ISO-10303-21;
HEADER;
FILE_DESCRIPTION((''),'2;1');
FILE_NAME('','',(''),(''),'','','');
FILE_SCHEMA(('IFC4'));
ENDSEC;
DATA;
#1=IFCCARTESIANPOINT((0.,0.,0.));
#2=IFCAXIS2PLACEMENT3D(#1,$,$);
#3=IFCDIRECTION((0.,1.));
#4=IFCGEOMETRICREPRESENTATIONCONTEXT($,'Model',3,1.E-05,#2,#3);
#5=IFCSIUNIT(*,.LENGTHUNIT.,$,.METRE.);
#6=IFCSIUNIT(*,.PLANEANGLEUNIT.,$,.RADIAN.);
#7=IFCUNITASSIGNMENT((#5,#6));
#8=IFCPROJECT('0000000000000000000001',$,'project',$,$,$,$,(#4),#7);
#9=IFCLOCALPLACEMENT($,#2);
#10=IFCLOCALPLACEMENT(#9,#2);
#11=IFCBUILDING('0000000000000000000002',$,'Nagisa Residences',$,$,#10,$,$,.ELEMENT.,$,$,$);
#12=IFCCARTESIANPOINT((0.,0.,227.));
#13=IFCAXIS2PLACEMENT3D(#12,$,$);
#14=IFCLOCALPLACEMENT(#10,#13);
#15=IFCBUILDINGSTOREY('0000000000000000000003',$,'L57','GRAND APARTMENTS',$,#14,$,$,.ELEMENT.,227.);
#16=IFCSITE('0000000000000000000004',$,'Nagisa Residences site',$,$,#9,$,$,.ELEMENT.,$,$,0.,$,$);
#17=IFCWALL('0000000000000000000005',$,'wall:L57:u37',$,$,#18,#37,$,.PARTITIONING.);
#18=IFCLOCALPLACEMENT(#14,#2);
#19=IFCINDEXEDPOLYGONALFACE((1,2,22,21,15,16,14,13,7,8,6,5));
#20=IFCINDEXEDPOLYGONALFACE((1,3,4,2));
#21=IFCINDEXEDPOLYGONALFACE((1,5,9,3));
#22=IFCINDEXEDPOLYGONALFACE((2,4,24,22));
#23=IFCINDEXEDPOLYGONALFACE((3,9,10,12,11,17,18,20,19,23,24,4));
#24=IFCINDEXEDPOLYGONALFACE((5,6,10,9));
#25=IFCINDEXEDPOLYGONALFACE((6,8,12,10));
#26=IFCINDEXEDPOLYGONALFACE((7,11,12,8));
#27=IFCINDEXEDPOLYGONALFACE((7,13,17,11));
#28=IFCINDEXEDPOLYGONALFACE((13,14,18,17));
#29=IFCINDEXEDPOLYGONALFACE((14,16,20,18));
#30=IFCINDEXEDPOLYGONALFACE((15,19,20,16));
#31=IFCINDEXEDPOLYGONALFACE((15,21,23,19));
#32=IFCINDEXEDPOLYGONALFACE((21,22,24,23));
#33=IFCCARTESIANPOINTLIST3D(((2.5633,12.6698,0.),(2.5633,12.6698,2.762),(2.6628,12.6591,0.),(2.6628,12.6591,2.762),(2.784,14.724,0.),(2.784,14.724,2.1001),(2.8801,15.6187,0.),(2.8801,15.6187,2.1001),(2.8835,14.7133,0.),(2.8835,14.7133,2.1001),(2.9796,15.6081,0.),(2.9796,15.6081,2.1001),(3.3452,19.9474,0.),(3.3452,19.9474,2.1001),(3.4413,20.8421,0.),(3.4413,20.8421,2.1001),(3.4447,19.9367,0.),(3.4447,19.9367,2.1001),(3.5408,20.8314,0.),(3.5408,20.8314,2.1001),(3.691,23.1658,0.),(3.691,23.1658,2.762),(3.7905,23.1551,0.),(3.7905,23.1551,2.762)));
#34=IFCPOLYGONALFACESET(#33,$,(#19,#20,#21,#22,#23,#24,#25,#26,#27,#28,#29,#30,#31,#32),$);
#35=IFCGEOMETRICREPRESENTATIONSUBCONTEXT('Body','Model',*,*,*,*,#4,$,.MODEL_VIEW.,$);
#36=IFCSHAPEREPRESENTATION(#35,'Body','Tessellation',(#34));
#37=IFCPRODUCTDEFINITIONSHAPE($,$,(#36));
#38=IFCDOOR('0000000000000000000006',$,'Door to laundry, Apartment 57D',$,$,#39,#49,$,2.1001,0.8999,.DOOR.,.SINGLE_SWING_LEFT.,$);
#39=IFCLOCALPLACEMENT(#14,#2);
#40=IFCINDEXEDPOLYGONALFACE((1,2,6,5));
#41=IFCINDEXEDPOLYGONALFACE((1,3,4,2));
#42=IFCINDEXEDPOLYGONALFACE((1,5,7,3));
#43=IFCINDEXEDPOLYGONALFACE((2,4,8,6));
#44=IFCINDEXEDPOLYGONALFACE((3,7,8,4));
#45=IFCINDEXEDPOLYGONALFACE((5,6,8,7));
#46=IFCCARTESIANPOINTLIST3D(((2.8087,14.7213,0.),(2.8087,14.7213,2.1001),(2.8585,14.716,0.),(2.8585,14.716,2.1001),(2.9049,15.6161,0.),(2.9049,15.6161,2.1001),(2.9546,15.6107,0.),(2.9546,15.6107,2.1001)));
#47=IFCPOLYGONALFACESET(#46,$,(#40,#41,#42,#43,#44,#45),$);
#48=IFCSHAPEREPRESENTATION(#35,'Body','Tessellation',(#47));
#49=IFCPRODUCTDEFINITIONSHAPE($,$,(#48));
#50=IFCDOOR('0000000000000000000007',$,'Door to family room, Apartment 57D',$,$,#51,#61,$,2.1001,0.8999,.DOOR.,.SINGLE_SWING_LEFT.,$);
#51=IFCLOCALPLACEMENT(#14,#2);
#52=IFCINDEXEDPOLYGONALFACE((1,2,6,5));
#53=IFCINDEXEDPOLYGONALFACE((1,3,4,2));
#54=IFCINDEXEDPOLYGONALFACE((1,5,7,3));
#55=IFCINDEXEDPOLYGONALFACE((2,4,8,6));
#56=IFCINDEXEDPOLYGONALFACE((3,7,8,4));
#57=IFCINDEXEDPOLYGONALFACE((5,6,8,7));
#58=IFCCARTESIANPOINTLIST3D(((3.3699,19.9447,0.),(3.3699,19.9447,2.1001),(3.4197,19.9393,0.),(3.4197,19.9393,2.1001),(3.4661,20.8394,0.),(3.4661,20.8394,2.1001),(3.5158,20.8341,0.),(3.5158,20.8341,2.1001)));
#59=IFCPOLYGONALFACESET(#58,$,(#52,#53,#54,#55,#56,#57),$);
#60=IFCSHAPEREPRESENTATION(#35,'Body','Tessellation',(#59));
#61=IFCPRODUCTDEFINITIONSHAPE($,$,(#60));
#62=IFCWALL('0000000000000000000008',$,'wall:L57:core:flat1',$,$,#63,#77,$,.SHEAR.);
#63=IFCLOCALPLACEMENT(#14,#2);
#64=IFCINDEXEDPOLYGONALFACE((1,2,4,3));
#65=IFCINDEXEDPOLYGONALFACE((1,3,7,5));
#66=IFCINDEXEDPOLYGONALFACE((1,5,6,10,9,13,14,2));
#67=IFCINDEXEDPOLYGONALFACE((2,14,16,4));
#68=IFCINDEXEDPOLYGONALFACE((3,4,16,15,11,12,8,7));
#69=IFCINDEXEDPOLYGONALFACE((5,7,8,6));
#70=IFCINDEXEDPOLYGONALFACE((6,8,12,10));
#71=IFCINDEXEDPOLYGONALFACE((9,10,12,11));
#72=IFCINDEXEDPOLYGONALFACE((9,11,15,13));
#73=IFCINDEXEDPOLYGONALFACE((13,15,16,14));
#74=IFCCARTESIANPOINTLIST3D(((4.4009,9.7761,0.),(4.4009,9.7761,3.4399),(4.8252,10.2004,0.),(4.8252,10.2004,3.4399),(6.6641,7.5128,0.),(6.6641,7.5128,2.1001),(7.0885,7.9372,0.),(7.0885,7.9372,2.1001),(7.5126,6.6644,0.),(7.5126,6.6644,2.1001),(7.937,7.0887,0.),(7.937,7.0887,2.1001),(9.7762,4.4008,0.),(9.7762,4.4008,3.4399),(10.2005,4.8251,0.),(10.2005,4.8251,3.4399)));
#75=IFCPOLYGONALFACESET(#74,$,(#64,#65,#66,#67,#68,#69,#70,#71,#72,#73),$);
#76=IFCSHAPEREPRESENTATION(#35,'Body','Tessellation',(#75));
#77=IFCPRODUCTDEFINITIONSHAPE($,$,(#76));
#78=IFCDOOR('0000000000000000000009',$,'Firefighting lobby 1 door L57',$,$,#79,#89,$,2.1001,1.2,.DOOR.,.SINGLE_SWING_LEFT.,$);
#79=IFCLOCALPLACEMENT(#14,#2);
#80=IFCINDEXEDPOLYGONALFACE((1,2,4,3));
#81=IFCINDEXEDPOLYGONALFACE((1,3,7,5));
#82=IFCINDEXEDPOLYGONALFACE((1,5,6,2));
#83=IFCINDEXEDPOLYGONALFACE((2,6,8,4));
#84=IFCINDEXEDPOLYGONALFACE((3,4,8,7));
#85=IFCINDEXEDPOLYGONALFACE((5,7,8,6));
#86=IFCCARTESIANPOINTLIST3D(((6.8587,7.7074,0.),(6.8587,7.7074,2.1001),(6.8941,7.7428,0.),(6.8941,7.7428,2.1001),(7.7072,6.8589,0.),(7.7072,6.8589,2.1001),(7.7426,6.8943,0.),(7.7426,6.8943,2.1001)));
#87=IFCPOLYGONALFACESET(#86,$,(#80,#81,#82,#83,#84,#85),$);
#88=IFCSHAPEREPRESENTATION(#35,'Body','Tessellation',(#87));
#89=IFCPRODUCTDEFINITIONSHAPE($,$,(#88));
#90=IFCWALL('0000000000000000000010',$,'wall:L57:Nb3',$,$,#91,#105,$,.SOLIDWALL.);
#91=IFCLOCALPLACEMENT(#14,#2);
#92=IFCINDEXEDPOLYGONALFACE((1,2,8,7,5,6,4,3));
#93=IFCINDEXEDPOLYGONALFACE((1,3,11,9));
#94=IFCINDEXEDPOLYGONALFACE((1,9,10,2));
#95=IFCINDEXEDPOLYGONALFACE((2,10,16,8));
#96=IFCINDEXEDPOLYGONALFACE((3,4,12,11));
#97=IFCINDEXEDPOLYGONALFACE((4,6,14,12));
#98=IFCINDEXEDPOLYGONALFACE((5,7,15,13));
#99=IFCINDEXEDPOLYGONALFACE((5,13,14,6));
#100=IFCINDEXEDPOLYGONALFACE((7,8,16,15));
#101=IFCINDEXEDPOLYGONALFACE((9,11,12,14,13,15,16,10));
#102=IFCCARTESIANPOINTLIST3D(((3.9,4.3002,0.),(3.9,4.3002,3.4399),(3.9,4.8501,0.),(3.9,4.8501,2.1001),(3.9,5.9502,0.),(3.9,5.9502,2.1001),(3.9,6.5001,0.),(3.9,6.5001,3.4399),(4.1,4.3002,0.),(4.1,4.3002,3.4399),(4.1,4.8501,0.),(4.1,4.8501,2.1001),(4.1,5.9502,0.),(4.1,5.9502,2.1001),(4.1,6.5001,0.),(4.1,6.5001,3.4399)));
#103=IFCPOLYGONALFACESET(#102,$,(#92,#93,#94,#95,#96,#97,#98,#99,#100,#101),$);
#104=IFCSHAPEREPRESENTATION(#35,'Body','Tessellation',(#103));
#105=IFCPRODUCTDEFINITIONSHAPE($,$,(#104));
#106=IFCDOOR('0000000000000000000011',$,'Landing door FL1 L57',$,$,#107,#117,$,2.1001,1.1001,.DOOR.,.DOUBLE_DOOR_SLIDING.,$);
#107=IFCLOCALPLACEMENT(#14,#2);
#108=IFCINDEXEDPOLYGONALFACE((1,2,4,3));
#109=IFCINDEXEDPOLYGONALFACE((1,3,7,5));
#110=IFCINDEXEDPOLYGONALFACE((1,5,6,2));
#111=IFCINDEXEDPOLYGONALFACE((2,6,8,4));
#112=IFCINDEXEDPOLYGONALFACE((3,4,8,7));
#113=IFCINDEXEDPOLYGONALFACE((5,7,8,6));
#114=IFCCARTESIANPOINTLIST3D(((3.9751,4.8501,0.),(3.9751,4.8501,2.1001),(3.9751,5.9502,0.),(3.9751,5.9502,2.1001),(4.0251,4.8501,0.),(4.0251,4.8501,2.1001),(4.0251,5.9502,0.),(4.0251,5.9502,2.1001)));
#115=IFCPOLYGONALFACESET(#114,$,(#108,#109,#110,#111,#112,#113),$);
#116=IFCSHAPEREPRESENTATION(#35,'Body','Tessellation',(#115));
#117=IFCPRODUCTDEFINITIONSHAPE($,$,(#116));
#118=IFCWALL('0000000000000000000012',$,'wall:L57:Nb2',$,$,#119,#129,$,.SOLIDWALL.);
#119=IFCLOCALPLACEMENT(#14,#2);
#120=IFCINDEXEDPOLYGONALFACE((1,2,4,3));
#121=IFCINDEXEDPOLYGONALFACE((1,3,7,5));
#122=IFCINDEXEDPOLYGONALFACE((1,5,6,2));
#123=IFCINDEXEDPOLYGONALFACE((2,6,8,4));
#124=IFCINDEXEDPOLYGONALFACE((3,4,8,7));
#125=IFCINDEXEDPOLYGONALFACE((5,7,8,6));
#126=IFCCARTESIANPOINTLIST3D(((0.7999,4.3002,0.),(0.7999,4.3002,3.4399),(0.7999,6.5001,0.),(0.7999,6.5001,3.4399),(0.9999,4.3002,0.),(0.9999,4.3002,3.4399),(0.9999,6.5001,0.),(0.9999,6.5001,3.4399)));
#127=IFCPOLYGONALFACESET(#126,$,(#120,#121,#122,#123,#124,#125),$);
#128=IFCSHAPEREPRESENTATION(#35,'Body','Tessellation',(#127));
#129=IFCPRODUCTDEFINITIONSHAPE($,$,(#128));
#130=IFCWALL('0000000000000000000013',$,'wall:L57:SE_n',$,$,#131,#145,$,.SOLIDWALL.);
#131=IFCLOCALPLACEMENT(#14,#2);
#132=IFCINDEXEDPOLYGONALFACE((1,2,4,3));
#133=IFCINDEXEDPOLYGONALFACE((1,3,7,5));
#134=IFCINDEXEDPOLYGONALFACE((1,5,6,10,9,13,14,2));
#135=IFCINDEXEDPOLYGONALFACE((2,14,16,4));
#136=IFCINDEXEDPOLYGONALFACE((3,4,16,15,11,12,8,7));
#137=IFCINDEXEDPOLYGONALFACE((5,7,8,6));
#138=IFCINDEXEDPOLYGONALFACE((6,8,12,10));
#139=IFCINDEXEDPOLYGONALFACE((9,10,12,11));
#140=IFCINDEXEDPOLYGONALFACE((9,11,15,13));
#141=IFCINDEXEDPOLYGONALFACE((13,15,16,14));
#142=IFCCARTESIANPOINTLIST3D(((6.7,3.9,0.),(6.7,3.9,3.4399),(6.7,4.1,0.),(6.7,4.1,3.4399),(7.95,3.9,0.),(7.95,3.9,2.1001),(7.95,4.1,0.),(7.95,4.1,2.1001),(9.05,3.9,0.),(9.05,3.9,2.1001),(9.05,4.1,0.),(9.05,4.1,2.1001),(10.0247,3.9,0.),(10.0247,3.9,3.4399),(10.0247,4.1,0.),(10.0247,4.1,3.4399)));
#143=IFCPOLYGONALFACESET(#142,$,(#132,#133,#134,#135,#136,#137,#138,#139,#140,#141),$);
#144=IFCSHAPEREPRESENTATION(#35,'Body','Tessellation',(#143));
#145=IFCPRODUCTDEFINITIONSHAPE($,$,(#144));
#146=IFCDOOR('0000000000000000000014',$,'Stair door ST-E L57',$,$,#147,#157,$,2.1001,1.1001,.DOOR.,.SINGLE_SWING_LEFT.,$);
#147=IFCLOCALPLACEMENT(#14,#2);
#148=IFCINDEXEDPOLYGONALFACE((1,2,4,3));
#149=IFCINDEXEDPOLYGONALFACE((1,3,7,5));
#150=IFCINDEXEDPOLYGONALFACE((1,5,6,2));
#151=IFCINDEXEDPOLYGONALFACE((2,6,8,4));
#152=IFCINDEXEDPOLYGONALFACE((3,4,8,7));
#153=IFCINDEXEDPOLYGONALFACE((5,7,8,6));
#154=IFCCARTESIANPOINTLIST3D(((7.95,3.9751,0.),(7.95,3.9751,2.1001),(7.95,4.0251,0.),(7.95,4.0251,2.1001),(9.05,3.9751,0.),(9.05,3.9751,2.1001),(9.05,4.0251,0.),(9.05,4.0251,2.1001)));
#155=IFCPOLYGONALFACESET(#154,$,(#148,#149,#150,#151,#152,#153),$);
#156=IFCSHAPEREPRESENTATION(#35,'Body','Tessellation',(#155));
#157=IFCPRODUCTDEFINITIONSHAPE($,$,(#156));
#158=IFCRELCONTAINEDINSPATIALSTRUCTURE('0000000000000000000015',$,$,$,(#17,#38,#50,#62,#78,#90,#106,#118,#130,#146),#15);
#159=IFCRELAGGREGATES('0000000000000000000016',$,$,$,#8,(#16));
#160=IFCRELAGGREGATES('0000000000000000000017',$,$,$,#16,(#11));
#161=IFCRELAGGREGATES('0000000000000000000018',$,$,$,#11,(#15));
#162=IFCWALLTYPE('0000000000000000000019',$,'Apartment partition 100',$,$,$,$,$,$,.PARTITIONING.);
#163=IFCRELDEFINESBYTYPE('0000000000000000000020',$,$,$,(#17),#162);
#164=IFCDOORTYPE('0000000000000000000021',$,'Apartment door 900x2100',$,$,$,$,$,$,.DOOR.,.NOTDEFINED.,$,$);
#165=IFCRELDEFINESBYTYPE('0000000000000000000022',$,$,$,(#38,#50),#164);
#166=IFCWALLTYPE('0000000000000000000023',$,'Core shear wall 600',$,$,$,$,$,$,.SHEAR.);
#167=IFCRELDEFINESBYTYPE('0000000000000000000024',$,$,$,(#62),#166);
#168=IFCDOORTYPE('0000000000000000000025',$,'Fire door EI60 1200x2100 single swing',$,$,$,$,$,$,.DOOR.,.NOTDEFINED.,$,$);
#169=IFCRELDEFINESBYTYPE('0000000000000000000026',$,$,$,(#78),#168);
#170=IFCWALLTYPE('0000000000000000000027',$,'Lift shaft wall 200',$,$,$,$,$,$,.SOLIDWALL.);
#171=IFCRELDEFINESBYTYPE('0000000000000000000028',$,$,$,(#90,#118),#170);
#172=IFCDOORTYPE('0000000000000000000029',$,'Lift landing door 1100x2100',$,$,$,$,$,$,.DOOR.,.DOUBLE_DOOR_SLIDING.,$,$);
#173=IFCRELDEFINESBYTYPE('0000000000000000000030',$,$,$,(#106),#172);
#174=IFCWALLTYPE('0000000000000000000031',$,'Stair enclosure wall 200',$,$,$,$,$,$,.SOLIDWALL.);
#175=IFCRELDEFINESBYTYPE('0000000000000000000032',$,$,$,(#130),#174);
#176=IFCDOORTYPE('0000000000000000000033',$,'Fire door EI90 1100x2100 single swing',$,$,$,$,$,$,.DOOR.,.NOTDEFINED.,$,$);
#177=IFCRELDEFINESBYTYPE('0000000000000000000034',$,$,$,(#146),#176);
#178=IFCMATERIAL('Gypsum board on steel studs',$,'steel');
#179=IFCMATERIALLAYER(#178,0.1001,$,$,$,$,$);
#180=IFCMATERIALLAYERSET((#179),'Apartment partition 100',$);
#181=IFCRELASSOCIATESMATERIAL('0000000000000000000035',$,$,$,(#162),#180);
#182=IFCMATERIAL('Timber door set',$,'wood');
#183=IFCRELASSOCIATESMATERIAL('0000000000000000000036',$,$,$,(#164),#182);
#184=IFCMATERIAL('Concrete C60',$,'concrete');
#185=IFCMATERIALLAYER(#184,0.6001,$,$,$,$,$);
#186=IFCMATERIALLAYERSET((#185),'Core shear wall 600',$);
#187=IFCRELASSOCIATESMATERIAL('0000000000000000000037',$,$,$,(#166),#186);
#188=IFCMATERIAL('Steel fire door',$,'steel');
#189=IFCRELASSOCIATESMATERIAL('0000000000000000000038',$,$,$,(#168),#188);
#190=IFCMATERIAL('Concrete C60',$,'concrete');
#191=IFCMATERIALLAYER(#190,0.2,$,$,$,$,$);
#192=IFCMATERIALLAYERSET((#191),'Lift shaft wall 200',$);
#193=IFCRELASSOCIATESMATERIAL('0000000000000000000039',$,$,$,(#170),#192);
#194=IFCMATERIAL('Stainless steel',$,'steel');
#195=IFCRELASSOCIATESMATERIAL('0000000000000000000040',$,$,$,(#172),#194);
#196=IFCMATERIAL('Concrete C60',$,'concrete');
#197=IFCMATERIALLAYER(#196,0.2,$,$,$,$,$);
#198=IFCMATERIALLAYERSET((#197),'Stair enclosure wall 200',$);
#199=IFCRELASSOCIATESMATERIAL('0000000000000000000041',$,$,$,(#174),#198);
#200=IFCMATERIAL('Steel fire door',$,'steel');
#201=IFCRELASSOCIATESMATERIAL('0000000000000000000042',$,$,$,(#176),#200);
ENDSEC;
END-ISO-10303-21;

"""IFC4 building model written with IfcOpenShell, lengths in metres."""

from ifc_helpers import new_model, si_unit, direction, frame, frame_2d, origin, place, context, subcontext, project, spatial, rectangle, extrude, material, layer, layer_set, type_object, element, fill, save


model = new_model("IFC4")

# Units and contexts
model_context = context("Model", 3, precision=1e-05, world=origin(), true_north=direction((0.0, 1.0)))
body_context = subcontext(model_context, "Body", "Model", "MODEL_VIEW")
ifc_project = project(units=[si_unit("LENGTHUNIT", "METRE"), si_unit("PLANEANGLEUNIT", "RADIAN")], contexts=[model_context])

# Site, building, storey
site_placement = place(None, origin())
site = spatial("IfcSite", under=ifc_project, at=site_placement, Name="Nagisa Residences site", CompositionType="ELEMENT", RefElevation=0.0)
building_placement = place(site_placement, origin())
building = spatial("IfcBuilding", under=site, at=building_placement, Name="Nagisa Residences", CompositionType="ELEMENT")
storey_placement = place(building_placement, frame((0.0, 0.0, 227.0)))
storey = spatial("IfcBuildingStorey", under=building, at=storey_placement, Name="L57", Description="GRAND APARTMENTS", CompositionType="ELEMENT", Elevation=227.0)

# Shared definitions
ifc_material_1 = material(Name="Gypsum board on steel studs", Category="steel")
ifc_layer_1 = layer(ifc_material_1, 0.1001)
ifc_layer_set_1 = layer_set([ifc_layer_1], Name="Apartment partition 100")
wall_type_1 = type_object("IfcWallType", Name="Apartment partition 100", PredefinedType="PARTITIONING", material=ifc_layer_set_1)
ifc_material_2 = material(Name="Timber door set", Category="wood")
door_type_1 = type_object("IfcDoorType", Name="Apartment door 900x2100", OperationType="NOTDEFINED", PredefinedType="DOOR", material=ifc_material_2)

# Wall, openings, doors
wall_1_placement = place(storey_placement, frame((2.613, 12.6643, 0.0), z_axis=(0.0, 0.0, 1.0), x_axis=(0.106824, 0.994278, 0.0)))
wall_1 = element("IfcWall", 1, at=wall_1_placement, inside=storey, type_object=wall_type_1, Name="wall:L57:u37", PredefinedType="PARTITIONING", context=body_context, shape_type="SweptSolid", body=[
    extrude(rectangle(XDim=10.5564, YDim=0.1001, at=frame_2d((5.2783, 0.0))), origin(), (0.0, 0.0, 1.0), 2.762),
])
opening_1_placement = place(wall_1_placement, frame((2.0662, 0.0, 0.0)))
opening_1 = element("IfcOpeningElement", 2, at=opening_1_placement, cuts=wall_1, PredefinedType="OPENING", context=body_context, shape_type="SweptSolid", body=[
    extrude(rectangle(XDim=0.8999, YDim=2.1001, at=frame_2d((0.45, 1.05))), frame((0.0, 0.0601, 0.0), z_axis=(0.0, -1.0, 0.0), x_axis=(1.0, 0.0, 0.0)), (0.0, 0.0, 1.0), 0.1201),
])
opening_2_placement = place(wall_1_placement, frame((7.3196, 0.0, 0.0)))
opening_2 = element("IfcOpeningElement", 3, at=opening_2_placement, cuts=wall_1, PredefinedType="OPENING", context=body_context, shape_type="SweptSolid", body=[
    extrude(rectangle(XDim=0.8999, YDim=2.1001, at=frame_2d((0.45, 1.05))), frame((0.0, 0.0601, 0.0), z_axis=(0.0, -1.0, 0.0), x_axis=(1.0, 0.0, 0.0)), (0.0, 0.0, 1.0), 0.1201),
])
door_1_placement = place(opening_1_placement, frame((0.8999, 0.0, 0.0), x_axis=(-1.0, 0.0, 0.0)))
door_1 = element("IfcDoor", 4, at=door_1_placement, inside=storey, type_object=door_type_1, Name="Door to laundry, Apartment 57D", OperationType="SINGLE_SWING_LEFT", OverallHeight=2.1001, OverallWidth=0.8999, PredefinedType="DOOR", context=body_context, shape_type="SweptSolid", body=[
    extrude(rectangle(XDim=0.8999, YDim=2.1001, at=frame_2d((0.45, 1.05))), frame((0.0, 0.0249, 0.0), z_axis=(0.0, -1.0, 0.0), x_axis=(1.0, 0.0, 0.0)), (0.0, 0.0, 1.0), 0.05),
])
fill(opening_1, door_1)
door_2_placement = place(opening_2_placement, frame((0.8999, 0.0, 0.0), x_axis=(-1.0, 0.0, 0.0)))
door_2 = element("IfcDoor", 5, at=door_2_placement, inside=storey, type_object=door_type_1, Name="Door to family room, Apartment 57D", OperationType="SINGLE_SWING_LEFT", OverallHeight=2.1001, OverallWidth=0.8999, PredefinedType="DOOR", context=body_context, shape_type="SweptSolid", body=[
    extrude(rectangle(XDim=0.8999, YDim=2.1001, at=frame_2d((0.45, 1.05))), frame((0.0, 0.0249, 0.0), z_axis=(0.0, -1.0, 0.0), x_axis=(1.0, 0.0, 0.0)), (0.0, 0.0, 1.0), 0.05),
])
fill(opening_2, door_2)

# Walls, openings, doors
ifc_material_3 = material(Name="Concrete C60", Category="concrete")
ifc_layer_2 = layer(ifc_material_3, 0.6001)
ifc_layer_set_2 = layer_set([ifc_layer_2], Name="Core shear wall 600")
wall_type_2 = type_object("IfcWallType", Name="Core shear wall 600", PredefinedType="SHEAR", material=ifc_layer_set_2)
wall_2_placement = place(storey_placement, frame((9.9883, 4.613, 0.0), z_axis=(0.0, 0.0, 1.0), x_axis=(-0.707107, 0.707107, 0.0)))
wall_2 = element("IfcWall", 6, at=wall_2_placement, inside=storey, type_object=wall_type_2, Name="wall:L57:core:flat1", PredefinedType="SHEAR", context=body_context, shape_type="SweptSolid", body=[
    extrude(rectangle(XDim=7.6018, YDim=0.6001, at=frame_2d((3.8008, 0.0))), origin(), (0.0, 0.0, 1.0), 3.4399),
])
opening_3_placement = place(wall_2_placement, frame((3.2009, 0.0, 0.0)))
opening_3 = element("IfcOpeningElement", 7, at=opening_3_placement, cuts=wall_2, PredefinedType="OPENING", context=body_context, shape_type="SweptSolid", body=[
    extrude(rectangle(XDim=1.2, YDim=2.1001, at=frame_2d((0.6001, 1.05))), frame((0.0, 0.3101, 0.0), z_axis=(0.0, -1.0, 0.0), x_axis=(1.0, 0.0, 0.0)), (0.0, 0.0, 1.0), 0.6201),
])
ifc_material_4 = material(Name="Steel fire door", Category="steel")
door_type_2 = type_object("IfcDoorType", Name="Fire door EI60 1200x2100 single swing", OperationType="NOTDEFINED", PredefinedType="DOOR", material=ifc_material_4)
door_3_placement = place(opening_3_placement, origin())
door_3 = element("IfcDoor", 8, at=door_3_placement, inside=storey, type_object=door_type_2, Name="Firefighting lobby 1 door L57", OperationType="SINGLE_SWING_LEFT", OverallHeight=2.1001, OverallWidth=1.2, PredefinedType="DOOR", context=body_context, shape_type="SweptSolid", body=[
    extrude(rectangle(XDim=1.2, YDim=2.1001, at=frame_2d((0.6001, 1.05))), frame((0.0, 0.0249, 0.0), z_axis=(0.0, -1.0, 0.0), x_axis=(1.0, 0.0, 0.0)), (0.0, 0.0, 1.0), 0.05),
])
fill(opening_3, door_3)
ifc_material_5 = material(Name="Concrete C60", Category="concrete")
ifc_layer_3 = layer(ifc_material_5, 0.2)
ifc_layer_set_3 = layer_set([ifc_layer_3], Name="Lift shaft wall 200")
wall_type_3 = type_object("IfcWallType", Name="Lift shaft wall 200", PredefinedType="SOLIDWALL", material=ifc_layer_set_3)
wall_3_placement = place(storey_placement, frame((4.0, 4.3, 0.0), z_axis=(0.0, 0.0, 1.0), x_axis=(0.0, 1.0, 0.0)))
wall_3 = element("IfcWall", 9, at=wall_3_placement, inside=storey, type_object=wall_type_3, Name="wall:L57:Nb3", PredefinedType="SOLIDWALL", context=body_context, shape_type="SweptSolid", body=[
    extrude(rectangle(XDim=2.2, YDim=0.2, at=frame_2d((1.1001, 0.0))), origin(), (0.0, 0.0, 1.0), 3.4399),
])
opening_4_placement = place(wall_3_placement, frame((0.55, 0.0, 0.0)))
opening_4 = element("IfcOpeningElement", 10, at=opening_4_placement, cuts=wall_3, PredefinedType="OPENING", context=body_context, shape_type="SweptSolid", body=[
    extrude(rectangle(XDim=1.1001, YDim=2.1001, at=frame_2d((0.55, 1.05))), frame((0.0, 0.1099, 0.0), z_axis=(0.0, -1.0, 0.0), x_axis=(1.0, 0.0, 0.0)), (0.0, 0.0, 1.0), 0.22),
])
ifc_material_6 = material(Name="Stainless steel", Category="steel")
door_type_3 = type_object("IfcDoorType", Name="Lift landing door 1100x2100", OperationType="DOUBLE_DOOR_SLIDING", PredefinedType="DOOR", material=ifc_material_6)
door_4_placement = place(opening_4_placement, origin())
door_4 = element("IfcDoor", 11, at=door_4_placement, inside=storey, type_object=door_type_3, Name="Landing door FL1 L57", OperationType="DOUBLE_DOOR_SLIDING", OverallHeight=2.1001, OverallWidth=1.1001, PredefinedType="DOOR", context=body_context, shape_type="SweptSolid", body=[
    extrude(rectangle(XDim=1.1001, YDim=2.1001, at=frame_2d((0.55, 1.05))), frame((0.0, 0.0249, 0.0), z_axis=(0.0, -1.0, 0.0), x_axis=(1.0, 0.0, 0.0)), (0.0, 0.0, 1.0), 0.05),
])
fill(opening_4, door_4)

# Wall
wall_4_placement = place(storey_placement, frame((0.8999, 4.3, 0.0), z_axis=(0.0, 0.0, 1.0), x_axis=(0.0, 1.0, 0.0)))
element("IfcWall", 12, at=wall_4_placement, inside=storey, type_object=wall_type_3, Name="wall:L57:Nb2", PredefinedType="SOLIDWALL", context=body_context, shape_type="SweptSolid", body=[
    extrude(rectangle(XDim=2.2, YDim=0.2, at=frame_2d((1.1001, 0.0))), origin(), (0.0, 0.0, 1.0), 3.4399),
])

# Wall, opening, door
ifc_material_7 = material(Name="Concrete C60", Category="concrete")
ifc_layer_4 = layer(ifc_material_7, 0.2)
ifc_layer_set_4 = layer_set([ifc_layer_4], Name="Stair enclosure wall 200")
wall_type_4 = type_object("IfcWallType", Name="Stair enclosure wall 200", PredefinedType="SOLIDWALL", material=ifc_layer_set_4)
wall_5_placement = place(storey_placement, frame((6.7, 4.0, 0.0), z_axis=(0.0, 0.0, 1.0), x_axis=(1.0, 0.0, 0.0)))
wall_5 = element("IfcWall", 13, at=wall_5_placement, inside=storey, type_object=wall_type_4, Name="wall:L57:SE_n", PredefinedType="SOLIDWALL", context=body_context, shape_type="SweptSolid", body=[
    extrude(rectangle(XDim=3.3247, YDim=0.2, at=frame_2d((1.6624, 0.0))), origin(), (0.0, 0.0, 1.0), 3.4399),
])
opening_5_placement = place(wall_5_placement, frame((1.25, 0.0, 0.0)))
opening_5 = element("IfcOpeningElement", 14, at=opening_5_placement, cuts=wall_5, PredefinedType="OPENING", context=body_context, shape_type="SweptSolid", body=[
    extrude(rectangle(XDim=1.1001, YDim=2.1001, at=frame_2d((0.55, 1.05))), frame((0.0, 0.1099, 0.0), z_axis=(0.0, -1.0, 0.0), x_axis=(1.0, 0.0, 0.0)), (0.0, 0.0, 1.0), 0.22),
])
ifc_material_8 = material(Name="Steel fire door", Category="steel")
door_type_4 = type_object("IfcDoorType", Name="Fire door EI90 1100x2100 single swing", OperationType="NOTDEFINED", PredefinedType="DOOR", material=ifc_material_8)
door_5_placement = place(opening_5_placement, frame((1.1001, 0.0, 0.0), x_axis=(-1.0, 0.0, 0.0)))
door_5 = element("IfcDoor", 15, at=door_5_placement, inside=storey, type_object=door_type_4, Name="Stair door ST-E L57", OperationType="SINGLE_SWING_LEFT", OverallHeight=2.1001, OverallWidth=1.1001, PredefinedType="DOOR", context=body_context, shape_type="SweptSolid", body=[
    extrude(rectangle(XDim=1.1001, YDim=2.1001, at=frame_2d((0.55, 1.05))), frame((0.0, 0.0249, 0.0), z_axis=(0.0, -1.0, 0.0), x_axis=(1.0, 0.0, 0.0)), (0.0, 0.0, 1.0), 0.05),
])
fill(opening_5, door_5)

save(model, "model.ifc")
